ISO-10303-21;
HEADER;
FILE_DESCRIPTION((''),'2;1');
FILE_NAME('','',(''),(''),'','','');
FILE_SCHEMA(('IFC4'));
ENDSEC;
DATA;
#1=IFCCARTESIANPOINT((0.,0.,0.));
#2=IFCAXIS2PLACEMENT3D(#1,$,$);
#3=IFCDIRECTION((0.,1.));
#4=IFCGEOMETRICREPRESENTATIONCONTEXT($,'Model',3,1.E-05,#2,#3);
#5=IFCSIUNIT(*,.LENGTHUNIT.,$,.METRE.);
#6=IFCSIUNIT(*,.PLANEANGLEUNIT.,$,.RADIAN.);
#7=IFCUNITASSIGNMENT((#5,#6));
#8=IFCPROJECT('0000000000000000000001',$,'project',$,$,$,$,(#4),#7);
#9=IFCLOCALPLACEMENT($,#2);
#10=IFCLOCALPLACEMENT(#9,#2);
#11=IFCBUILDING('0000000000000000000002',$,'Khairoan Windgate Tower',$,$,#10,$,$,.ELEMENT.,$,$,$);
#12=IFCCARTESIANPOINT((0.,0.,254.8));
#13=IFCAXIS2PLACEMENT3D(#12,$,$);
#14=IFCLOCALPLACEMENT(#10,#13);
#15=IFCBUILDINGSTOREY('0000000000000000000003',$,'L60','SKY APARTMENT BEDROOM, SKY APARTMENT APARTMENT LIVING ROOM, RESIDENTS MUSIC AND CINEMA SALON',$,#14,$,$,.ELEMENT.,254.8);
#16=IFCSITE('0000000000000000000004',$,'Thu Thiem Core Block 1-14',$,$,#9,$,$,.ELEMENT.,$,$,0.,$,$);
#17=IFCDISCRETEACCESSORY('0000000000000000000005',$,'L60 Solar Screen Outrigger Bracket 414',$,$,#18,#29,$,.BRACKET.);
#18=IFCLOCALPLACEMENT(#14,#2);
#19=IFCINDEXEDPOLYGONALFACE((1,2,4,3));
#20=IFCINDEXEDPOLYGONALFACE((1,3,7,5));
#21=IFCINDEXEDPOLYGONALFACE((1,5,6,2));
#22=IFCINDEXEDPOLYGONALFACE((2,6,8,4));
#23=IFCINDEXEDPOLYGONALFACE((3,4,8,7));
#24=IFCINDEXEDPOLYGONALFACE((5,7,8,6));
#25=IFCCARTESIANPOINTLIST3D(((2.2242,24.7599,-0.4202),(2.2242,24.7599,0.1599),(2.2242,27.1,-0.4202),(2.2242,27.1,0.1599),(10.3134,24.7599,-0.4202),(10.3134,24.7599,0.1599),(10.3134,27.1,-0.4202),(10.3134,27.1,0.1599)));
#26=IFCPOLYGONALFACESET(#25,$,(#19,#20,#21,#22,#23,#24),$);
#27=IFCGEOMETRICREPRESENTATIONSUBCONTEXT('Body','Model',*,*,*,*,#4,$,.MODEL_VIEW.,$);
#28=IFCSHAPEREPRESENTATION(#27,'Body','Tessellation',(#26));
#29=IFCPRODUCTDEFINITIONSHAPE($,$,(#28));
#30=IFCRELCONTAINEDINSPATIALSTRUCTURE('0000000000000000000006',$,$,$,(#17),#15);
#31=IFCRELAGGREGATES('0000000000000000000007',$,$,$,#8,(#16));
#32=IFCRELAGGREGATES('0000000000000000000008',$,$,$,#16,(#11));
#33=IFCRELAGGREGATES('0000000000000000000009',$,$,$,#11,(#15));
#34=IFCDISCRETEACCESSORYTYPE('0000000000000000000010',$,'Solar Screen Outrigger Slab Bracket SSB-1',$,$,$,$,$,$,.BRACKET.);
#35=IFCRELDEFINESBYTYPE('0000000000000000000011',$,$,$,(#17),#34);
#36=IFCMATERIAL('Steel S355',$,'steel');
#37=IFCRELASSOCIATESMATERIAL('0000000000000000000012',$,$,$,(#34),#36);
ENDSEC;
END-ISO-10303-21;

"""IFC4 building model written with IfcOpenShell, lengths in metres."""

from ifc_helpers import new_model, si_unit, direction, frame, origin, origin_2d, place, context, subcontext, project, spatial, rectangle, extrude, material, type_object, element, save


model = new_model("IFC4")

# Units and contexts
model_context = context("Model", 3, precision=1e-05, world=origin(), true_north=direction((0.0, 1.0)))
body_context = subcontext(model_context, "Body", "Model", "MODEL_VIEW")
ifc_project = project(units=[si_unit("LENGTHUNIT", "METRE"), si_unit("PLANEANGLEUNIT", "RADIAN")], contexts=[model_context])

# Site, building, storey
site_placement = place(None, origin())
site = spatial("IfcSite", under=ifc_project, at=site_placement, Name="Thu Thiem Core Block 1-14", CompositionType="ELEMENT", RefElevation=0.0)
building_placement = place(site_placement, origin())
building = spatial("IfcBuilding", under=site, at=building_placement, Name="Khairoan Windgate Tower", CompositionType="ELEMENT")
storey_placement = place(building_placement, frame((0.0, 0.0, 254.8)))
storey = spatial("IfcBuildingStorey", under=building, at=storey_placement, Name="L60", Description="SKY APARTMENT BEDROOM, SKY APARTMENT APARTMENT LIVING ROOM, RESIDENTS MUSIC AND CINEMA SALON", CompositionType="ELEMENT", Elevation=254.8)

# Discrete accessory
ifc_material_1 = material(Name="Steel S355", Category="steel")
discrete_accessory_type = type_object("IfcDiscreteAccessoryType", Name="Solar Screen Outrigger Slab Bracket SSB-1", PredefinedType="BRACKET", material=ifc_material_1)
discrete_accessory_placement = place(storey_placement, frame((6.2688, 25.9299, -0.4202), z_axis=(0.0, 0.0, 1.0), x_axis=(1.0, 0.0, 0.0)))
element("IfcDiscreteAccessory", 1, at=discrete_accessory_placement, inside=storey, type_object=discrete_accessory_type, Name="L60 Solar Screen Outrigger Bracket 414", PredefinedType="BRACKET", context=body_context, shape_type="SweptSolid", body=[
    extrude(rectangle(XDim=8.0891, YDim=2.3401, at=origin_2d()), origin(), (0.0, 0.0, 1.0), 0.5801),
])

save(model, "model.ifc")
